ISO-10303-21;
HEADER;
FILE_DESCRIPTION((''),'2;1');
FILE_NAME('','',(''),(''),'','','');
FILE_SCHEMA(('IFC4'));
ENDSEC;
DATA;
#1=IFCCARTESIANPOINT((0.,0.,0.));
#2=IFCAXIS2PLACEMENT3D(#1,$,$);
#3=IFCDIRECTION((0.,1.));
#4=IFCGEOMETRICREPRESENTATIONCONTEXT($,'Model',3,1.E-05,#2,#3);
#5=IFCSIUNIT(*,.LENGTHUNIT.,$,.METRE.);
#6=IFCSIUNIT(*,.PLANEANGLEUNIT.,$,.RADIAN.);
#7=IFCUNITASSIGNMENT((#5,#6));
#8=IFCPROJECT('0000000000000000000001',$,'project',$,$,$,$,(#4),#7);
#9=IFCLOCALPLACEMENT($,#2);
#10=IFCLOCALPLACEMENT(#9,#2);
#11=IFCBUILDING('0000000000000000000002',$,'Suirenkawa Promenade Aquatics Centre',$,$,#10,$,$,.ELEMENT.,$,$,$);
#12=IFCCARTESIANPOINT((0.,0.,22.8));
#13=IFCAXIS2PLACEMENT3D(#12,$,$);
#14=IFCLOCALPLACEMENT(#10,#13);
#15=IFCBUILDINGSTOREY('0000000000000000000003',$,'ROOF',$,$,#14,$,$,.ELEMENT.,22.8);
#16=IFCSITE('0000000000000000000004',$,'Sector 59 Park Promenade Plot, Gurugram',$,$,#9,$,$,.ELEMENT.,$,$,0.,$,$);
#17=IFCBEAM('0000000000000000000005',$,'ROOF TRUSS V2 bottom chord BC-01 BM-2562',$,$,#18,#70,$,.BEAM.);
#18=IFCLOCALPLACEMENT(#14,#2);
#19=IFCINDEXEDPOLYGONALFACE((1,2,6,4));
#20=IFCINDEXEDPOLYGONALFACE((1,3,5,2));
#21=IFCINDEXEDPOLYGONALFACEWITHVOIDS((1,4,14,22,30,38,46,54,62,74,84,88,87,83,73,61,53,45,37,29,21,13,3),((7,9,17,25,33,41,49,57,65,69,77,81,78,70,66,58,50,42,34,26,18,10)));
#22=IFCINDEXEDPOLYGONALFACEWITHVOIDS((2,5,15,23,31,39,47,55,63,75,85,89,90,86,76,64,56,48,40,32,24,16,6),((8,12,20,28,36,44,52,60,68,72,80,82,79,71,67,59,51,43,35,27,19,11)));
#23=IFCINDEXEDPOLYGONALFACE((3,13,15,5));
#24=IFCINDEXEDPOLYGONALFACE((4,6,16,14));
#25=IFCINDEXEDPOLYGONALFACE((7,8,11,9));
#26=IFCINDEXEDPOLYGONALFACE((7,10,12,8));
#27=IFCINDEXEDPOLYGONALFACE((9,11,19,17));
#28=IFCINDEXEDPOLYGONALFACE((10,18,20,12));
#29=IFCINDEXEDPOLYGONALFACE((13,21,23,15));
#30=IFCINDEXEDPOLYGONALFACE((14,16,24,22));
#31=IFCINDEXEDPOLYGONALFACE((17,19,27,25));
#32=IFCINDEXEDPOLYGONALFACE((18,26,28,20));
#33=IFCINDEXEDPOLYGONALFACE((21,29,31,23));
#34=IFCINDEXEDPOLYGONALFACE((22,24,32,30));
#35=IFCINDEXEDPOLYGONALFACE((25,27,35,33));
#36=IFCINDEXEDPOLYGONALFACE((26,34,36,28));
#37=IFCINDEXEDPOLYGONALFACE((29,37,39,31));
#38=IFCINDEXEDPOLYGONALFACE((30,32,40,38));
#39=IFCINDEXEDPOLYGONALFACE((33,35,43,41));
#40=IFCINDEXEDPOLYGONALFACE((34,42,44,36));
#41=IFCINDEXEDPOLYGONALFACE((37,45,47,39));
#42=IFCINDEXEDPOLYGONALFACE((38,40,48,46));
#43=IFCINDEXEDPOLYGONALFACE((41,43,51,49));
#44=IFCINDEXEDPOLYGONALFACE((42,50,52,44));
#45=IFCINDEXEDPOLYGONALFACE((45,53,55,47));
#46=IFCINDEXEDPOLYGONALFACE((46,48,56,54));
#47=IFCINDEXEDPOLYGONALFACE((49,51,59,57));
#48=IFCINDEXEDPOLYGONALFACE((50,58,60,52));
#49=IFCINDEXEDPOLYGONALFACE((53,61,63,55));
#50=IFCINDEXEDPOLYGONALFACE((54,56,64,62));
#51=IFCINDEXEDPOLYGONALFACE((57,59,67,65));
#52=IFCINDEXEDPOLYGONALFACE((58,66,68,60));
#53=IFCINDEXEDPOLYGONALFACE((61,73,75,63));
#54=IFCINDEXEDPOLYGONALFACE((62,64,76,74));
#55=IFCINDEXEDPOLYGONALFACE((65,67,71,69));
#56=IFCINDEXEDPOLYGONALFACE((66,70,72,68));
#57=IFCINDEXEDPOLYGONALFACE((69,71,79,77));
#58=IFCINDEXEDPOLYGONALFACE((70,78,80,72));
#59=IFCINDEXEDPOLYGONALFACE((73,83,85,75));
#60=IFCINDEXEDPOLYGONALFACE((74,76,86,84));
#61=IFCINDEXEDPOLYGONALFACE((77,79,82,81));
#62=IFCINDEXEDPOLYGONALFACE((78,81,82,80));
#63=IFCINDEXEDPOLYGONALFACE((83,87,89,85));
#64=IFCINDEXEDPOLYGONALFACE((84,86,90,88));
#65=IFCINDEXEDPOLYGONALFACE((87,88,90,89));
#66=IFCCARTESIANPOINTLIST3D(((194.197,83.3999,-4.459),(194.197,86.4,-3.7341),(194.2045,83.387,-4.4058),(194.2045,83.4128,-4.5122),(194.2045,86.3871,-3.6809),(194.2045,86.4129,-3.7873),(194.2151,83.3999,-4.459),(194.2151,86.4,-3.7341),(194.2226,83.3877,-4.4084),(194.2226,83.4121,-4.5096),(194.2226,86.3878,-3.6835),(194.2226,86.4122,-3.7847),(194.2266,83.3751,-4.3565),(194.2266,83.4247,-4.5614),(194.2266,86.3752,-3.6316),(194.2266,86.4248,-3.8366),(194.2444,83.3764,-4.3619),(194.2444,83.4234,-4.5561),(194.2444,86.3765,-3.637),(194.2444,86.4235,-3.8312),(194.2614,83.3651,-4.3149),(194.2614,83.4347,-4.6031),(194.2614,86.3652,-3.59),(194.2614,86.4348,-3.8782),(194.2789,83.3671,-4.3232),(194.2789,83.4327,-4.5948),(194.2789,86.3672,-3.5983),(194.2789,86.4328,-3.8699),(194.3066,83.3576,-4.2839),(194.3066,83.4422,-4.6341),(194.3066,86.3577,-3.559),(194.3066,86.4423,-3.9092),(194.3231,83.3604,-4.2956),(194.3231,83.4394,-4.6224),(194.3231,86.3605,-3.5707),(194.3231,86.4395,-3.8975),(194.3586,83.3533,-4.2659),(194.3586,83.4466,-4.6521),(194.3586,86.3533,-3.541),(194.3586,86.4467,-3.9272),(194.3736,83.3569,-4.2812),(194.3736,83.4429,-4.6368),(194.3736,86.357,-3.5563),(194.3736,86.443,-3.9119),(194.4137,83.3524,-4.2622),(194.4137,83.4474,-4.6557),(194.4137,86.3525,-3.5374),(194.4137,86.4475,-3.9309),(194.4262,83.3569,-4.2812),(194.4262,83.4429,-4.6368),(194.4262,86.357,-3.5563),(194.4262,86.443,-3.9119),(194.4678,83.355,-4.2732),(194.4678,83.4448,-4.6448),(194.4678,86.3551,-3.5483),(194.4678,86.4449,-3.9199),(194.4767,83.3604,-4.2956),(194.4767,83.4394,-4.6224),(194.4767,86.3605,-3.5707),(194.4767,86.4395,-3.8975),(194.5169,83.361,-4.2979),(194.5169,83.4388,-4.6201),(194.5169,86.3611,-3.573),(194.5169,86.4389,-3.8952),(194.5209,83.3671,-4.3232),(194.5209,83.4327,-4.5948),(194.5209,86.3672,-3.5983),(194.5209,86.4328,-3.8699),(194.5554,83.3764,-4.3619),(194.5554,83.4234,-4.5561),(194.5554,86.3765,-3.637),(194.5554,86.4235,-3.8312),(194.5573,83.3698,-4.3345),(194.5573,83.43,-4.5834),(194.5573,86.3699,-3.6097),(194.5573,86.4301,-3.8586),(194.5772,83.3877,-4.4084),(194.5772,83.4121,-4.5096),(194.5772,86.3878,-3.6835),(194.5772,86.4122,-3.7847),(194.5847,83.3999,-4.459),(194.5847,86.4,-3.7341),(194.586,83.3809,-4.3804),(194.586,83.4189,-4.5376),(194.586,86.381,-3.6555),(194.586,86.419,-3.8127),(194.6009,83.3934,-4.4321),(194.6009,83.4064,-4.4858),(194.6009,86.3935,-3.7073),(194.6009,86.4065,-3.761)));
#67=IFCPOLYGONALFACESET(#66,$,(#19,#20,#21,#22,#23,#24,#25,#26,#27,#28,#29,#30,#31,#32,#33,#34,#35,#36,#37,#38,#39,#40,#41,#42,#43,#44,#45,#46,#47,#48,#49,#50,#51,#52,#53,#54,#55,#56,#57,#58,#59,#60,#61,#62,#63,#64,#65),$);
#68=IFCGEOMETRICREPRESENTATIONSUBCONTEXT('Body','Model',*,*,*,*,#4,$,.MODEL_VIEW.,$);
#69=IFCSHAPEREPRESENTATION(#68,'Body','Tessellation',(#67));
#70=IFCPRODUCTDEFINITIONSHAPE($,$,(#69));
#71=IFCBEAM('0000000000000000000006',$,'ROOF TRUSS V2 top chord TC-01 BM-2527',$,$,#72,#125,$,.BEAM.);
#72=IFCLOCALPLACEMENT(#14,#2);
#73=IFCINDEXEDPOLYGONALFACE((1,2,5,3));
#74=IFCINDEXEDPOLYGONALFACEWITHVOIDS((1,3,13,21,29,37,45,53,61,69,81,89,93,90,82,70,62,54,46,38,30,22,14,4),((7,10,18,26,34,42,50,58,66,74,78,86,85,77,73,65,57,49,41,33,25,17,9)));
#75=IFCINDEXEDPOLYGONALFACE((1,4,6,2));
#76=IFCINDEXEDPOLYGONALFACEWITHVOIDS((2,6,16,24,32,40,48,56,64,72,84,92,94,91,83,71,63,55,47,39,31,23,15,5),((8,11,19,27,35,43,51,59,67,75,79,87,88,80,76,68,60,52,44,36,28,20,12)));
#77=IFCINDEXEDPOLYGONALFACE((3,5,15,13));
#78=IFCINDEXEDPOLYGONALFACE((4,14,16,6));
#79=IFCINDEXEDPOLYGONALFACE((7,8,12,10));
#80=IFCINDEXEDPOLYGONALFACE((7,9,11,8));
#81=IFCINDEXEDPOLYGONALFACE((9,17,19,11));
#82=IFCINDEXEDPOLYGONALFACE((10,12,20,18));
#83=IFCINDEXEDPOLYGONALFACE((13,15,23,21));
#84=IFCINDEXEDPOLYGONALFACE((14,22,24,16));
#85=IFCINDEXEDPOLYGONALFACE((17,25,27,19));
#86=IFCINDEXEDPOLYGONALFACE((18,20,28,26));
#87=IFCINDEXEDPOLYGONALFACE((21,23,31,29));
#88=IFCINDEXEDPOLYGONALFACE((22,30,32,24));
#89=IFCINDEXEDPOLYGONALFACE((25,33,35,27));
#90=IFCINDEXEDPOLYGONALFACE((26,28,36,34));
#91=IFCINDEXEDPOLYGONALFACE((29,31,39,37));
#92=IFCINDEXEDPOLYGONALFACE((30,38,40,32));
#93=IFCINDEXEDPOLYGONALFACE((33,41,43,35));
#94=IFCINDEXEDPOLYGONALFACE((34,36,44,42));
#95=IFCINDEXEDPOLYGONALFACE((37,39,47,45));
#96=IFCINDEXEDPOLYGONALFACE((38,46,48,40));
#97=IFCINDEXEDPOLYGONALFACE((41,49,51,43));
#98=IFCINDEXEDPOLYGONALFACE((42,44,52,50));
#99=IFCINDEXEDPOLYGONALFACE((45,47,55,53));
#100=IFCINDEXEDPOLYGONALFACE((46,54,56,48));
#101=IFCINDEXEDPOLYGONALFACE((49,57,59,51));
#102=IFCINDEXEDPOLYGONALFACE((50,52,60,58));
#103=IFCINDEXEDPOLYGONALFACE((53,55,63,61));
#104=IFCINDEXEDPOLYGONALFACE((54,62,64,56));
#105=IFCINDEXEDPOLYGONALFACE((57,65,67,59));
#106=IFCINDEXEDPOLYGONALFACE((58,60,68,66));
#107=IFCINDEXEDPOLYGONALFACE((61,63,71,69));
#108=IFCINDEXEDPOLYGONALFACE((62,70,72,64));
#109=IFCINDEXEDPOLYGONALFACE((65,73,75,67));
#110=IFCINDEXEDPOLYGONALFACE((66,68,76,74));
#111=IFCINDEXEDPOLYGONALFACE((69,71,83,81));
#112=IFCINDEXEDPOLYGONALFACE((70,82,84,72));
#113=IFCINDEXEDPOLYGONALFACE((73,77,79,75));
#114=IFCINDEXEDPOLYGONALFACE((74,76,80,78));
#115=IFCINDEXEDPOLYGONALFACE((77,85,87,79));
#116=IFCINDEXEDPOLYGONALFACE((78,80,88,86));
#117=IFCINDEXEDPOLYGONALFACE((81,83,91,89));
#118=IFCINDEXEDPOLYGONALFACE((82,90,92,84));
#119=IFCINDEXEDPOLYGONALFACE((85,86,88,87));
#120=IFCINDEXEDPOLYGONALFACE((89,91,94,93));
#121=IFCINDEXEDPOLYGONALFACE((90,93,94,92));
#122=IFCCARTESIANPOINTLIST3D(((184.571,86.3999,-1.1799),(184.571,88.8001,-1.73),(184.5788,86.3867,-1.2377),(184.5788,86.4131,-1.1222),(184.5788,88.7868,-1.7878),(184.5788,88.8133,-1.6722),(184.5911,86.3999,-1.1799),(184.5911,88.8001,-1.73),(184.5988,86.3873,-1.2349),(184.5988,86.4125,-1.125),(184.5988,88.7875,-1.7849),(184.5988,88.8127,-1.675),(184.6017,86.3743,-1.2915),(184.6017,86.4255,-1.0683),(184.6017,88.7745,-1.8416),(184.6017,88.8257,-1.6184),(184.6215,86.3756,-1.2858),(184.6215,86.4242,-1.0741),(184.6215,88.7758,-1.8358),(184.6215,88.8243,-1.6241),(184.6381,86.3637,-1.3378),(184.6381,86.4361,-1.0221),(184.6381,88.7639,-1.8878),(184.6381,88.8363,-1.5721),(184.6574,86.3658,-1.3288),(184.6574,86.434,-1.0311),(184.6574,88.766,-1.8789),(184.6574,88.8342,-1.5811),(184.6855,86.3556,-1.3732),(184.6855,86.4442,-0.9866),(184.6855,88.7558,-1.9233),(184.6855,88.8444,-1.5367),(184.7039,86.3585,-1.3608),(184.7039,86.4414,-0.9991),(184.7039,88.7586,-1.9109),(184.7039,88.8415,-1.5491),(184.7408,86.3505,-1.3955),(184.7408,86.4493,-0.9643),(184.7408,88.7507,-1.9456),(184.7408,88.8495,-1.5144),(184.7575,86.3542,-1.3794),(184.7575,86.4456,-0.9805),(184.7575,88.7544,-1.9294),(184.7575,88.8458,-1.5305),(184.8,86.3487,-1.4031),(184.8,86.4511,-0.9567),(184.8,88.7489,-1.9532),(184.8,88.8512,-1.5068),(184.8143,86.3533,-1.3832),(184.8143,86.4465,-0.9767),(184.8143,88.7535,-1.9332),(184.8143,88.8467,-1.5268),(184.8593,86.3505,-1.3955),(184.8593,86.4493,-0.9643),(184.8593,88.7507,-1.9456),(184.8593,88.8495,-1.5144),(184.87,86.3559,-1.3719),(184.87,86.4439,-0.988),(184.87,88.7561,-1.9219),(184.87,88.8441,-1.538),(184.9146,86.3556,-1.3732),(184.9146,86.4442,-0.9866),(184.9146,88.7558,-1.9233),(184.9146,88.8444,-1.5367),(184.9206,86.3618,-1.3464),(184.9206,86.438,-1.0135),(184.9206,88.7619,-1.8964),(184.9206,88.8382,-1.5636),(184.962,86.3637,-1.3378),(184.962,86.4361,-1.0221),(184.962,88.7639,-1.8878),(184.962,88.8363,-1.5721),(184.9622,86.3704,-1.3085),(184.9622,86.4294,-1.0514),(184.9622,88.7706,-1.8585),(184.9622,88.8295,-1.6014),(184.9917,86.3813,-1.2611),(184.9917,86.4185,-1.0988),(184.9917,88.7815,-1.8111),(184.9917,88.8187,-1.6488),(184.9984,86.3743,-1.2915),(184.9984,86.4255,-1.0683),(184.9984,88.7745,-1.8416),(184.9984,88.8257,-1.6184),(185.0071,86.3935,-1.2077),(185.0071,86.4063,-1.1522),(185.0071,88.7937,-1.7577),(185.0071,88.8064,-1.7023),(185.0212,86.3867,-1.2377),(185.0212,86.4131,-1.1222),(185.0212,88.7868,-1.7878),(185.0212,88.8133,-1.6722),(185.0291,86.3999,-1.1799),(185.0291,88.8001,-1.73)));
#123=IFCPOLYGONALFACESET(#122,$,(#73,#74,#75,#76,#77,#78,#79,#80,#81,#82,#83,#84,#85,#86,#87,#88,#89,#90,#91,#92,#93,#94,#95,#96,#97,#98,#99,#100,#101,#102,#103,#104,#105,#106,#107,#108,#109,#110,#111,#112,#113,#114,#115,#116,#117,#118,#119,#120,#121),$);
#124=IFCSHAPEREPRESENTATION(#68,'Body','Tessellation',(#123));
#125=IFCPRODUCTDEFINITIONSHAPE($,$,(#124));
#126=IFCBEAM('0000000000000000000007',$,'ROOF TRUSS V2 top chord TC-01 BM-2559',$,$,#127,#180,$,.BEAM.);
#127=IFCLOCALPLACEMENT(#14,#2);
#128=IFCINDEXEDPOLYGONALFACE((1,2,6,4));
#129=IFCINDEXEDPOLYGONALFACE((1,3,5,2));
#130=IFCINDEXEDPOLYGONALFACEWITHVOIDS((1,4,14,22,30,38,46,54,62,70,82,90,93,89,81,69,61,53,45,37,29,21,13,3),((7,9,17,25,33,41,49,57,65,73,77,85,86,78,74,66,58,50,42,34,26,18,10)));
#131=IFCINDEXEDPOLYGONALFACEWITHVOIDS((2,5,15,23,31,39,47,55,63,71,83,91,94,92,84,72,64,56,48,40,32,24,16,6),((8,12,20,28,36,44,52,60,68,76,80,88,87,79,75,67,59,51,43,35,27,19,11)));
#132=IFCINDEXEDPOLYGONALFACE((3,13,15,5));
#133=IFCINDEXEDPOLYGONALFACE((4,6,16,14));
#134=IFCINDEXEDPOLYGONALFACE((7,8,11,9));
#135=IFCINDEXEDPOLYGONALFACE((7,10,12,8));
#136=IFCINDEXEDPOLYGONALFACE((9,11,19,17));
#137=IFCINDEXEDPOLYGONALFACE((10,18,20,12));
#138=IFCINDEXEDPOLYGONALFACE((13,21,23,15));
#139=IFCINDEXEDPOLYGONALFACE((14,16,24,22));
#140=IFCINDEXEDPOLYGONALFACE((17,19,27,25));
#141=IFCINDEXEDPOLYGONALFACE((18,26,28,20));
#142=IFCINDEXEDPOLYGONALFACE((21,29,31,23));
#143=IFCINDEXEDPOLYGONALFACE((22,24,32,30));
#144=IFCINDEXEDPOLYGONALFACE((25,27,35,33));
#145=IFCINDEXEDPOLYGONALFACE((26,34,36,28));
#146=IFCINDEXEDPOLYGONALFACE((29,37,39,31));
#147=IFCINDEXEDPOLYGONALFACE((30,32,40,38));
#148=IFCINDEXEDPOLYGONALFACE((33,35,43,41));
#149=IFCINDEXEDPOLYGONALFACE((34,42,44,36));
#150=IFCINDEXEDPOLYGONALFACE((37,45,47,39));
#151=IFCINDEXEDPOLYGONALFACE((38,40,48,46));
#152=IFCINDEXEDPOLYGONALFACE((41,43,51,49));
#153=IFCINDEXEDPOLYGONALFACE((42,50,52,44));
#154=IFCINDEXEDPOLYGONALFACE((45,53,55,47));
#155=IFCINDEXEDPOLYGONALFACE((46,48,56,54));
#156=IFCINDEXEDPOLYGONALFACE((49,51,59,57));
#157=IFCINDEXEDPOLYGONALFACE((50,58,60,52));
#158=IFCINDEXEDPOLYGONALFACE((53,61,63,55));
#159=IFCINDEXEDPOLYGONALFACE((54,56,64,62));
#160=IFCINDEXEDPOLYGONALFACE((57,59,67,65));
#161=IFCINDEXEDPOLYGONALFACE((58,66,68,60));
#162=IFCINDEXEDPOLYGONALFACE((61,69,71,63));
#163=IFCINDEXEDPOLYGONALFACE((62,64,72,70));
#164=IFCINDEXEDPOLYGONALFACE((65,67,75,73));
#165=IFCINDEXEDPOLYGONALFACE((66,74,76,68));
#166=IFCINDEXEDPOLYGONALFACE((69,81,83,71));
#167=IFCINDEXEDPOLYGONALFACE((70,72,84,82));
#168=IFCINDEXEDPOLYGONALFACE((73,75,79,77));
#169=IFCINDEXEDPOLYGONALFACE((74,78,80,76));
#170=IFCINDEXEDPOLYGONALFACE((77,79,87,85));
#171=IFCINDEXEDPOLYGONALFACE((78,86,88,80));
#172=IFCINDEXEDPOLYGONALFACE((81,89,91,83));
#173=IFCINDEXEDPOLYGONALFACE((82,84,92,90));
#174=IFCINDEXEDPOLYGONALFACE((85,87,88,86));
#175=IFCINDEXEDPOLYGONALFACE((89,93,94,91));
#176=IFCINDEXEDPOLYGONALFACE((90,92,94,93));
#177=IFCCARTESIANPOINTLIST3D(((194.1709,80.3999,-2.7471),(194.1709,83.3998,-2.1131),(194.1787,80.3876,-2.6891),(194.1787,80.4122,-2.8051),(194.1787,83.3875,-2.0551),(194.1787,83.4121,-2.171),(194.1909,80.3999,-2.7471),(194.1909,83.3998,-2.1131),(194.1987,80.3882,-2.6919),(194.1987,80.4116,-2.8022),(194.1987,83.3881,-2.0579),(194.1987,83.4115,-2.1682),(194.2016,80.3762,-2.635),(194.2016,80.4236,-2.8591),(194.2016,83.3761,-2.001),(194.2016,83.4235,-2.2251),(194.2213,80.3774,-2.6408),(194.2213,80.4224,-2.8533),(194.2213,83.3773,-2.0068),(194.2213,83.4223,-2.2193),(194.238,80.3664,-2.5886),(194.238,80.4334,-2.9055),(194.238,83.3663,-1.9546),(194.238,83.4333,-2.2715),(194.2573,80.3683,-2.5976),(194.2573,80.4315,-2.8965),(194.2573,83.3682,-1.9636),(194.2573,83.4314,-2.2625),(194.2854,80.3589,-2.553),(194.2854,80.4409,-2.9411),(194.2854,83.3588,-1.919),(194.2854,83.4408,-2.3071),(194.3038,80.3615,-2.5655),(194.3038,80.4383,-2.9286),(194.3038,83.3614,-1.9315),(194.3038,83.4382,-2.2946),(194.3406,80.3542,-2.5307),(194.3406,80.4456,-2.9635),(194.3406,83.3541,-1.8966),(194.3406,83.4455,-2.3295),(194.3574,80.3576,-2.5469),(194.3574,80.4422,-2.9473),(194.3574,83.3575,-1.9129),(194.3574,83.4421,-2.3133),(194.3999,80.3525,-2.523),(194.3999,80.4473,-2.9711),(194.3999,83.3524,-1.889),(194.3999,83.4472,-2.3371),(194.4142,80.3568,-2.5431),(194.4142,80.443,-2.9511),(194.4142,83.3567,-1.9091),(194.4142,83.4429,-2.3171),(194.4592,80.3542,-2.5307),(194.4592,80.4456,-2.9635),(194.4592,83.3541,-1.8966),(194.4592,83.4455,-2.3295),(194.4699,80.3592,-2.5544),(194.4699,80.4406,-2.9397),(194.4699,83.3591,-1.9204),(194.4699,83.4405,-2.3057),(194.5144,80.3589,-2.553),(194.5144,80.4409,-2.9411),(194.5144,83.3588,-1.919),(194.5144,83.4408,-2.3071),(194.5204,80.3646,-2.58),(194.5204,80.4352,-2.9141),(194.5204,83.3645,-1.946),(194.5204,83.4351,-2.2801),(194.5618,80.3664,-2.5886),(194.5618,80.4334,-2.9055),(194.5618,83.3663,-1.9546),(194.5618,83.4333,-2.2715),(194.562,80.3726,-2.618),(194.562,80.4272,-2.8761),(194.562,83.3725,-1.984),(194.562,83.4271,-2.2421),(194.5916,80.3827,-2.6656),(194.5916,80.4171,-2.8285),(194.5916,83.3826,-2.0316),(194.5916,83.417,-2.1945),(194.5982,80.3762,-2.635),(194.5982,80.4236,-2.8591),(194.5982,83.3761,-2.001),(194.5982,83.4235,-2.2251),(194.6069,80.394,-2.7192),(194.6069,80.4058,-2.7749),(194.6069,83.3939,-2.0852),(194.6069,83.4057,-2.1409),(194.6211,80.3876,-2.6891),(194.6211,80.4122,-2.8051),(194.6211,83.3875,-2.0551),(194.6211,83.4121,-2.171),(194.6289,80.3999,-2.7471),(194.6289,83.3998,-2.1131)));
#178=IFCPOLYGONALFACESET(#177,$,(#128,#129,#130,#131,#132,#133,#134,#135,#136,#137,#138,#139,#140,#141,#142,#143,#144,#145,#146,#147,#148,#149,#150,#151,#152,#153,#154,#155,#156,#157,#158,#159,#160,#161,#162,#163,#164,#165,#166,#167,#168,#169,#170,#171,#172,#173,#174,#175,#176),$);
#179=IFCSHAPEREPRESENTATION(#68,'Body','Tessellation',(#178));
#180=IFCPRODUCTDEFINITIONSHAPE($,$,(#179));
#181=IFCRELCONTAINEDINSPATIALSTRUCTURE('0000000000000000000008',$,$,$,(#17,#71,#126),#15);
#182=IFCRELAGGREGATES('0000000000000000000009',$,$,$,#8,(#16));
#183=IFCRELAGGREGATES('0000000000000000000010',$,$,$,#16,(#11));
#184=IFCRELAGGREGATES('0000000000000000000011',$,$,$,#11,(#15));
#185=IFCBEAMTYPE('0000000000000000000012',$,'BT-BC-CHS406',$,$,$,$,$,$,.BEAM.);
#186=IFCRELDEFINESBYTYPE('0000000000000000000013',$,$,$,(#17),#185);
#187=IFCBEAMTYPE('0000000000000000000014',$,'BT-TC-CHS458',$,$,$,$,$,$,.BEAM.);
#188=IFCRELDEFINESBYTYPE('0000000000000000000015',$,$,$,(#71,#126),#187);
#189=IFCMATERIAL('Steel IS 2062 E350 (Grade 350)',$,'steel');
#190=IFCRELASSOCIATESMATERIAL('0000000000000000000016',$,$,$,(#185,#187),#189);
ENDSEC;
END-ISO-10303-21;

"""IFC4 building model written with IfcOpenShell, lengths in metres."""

from ifc_helpers import new_model, si_unit, direction, frame, origin, origin_2d, place, context, subcontext, project, spatial, hollow_circle, extrude, material, material_profile, profile_set, type_object, element, save


model = new_model("IFC4")

# Units and contexts
model_context = context("Model", 3, precision=1e-05, world=origin(), true_north=direction((0.0, 1.0)))
body_context = subcontext(model_context, "Body", "Model", "MODEL_VIEW")
ifc_project = project(units=[si_unit("LENGTHUNIT", "METRE"), si_unit("PLANEANGLEUNIT", "RADIAN")], contexts=[model_context])

# Site, building, storey
site_placement = place(None, origin())
site = spatial("IfcSite", under=ifc_project, at=site_placement, Name="Sector 59 Park Promenade Plot, Gurugram", CompositionType="ELEMENT", RefElevation=0.0)
building_placement = place(site_placement, origin())
building = spatial("IfcBuilding", under=site, at=building_placement, Name="Suirenkawa Promenade Aquatics Centre", CompositionType="ELEMENT")
storey_placement = place(building_placement, frame((0.0, 0.0, 22.8)))
storey = spatial("IfcBuildingStorey", under=building, at=storey_placement, Name="ROOF", CompositionType="ELEMENT", Elevation=22.8)

# Beams
ifc_material = material(Name="Steel IS 2062 E350 (Grade 350)", Category="steel")
ifc_material_profile_1 = material_profile(ifc_material, hollow_circle(Radius=0.2029, WallThickness=0.0181, at=origin_2d()), Name="CHS 406x18", Category="steel")
ifc_profile_set_1 = profile_set([ifc_material_profile_1], Name="Steel IS 2062 E350 (Grade 350)")
beam_type_1 = type_object("IfcBeamType", Name="BT-BC-CHS406", PredefinedType="BEAM", material=ifc_profile_set_1)
beam_1_placement = place(storey_placement, frame((194.3999, 83.3999, -4.459), z_axis=(0.0, 0.972029, 0.23486), x_axis=(-1.0, 0.0, 0.0)))
element("IfcBeam", 1, at=beam_1_placement, inside=storey, type_object=beam_type_1, Name="ROOF TRUSS V2 bottom chord BC-01 BM-2562", PredefinedType="BEAM", context=body_context, shape_type="SweptSolid", body=[
    extrude(hollow_circle(Radius=0.2029, WallThickness=0.0181, at=origin_2d()), origin(), (0.0, 0.0, 1.0), 3.0864),
])
ifc_material_profile_2 = material_profile(ifc_material, hollow_circle(Radius=0.229, WallThickness=0.02, at=origin_2d()), Name="CHS 458x20", Category="steel")
ifc_profile_set_2 = profile_set([ifc_material_profile_2], Name="Steel IS 2062 E350 (Grade 350)")
beam_type_2 = type_object("IfcBeamType", Name="BT-TC-CHS458", PredefinedType="BEAM", material=ifc_profile_set_2)
beam_2_placement = place(storey_placement, frame((184.8, 86.3999, -1.1799), z_axis=(0.0, 0.974731, -0.223382), x_axis=(-1.0, 0.0, 0.0)))
element("IfcBeam", 2, at=beam_2_placement, inside=storey, type_object=beam_type_2, Name="ROOF TRUSS V2 top chord TC-01 BM-2527", PredefinedType="BEAM", context=body_context, shape_type="SweptSolid", body=[
    extrude(hollow_circle(Radius=0.229, WallThickness=0.02, at=origin_2d()), origin(), (0.0, 0.0, 1.0), 2.4624),
])
for number, where, z_axis, x_axis, name in (
    (3, (194.3999, 80.3999, -2.7471), (0.0, 0.978388, 0.206777), (-1.0, 0.0, 0.0), "ROOF TRUSS V2 top chord TC-01 BM-2559"),
):
    element("IfcBeam", number, at=place(storey_placement, frame(where, z_axis=z_axis, x_axis=x_axis)), inside=storey, type_object=beam_type_2, Name=name, PredefinedType="BEAM", context=body_context, shape_type="SweptSolid", body=[
        extrude(hollow_circle(Radius=0.229, WallThickness=0.02, at=origin_2d()), origin(), (0.0, 0.0, 1.0), 3.0662),
    ])

save(model, "model.ifc")
